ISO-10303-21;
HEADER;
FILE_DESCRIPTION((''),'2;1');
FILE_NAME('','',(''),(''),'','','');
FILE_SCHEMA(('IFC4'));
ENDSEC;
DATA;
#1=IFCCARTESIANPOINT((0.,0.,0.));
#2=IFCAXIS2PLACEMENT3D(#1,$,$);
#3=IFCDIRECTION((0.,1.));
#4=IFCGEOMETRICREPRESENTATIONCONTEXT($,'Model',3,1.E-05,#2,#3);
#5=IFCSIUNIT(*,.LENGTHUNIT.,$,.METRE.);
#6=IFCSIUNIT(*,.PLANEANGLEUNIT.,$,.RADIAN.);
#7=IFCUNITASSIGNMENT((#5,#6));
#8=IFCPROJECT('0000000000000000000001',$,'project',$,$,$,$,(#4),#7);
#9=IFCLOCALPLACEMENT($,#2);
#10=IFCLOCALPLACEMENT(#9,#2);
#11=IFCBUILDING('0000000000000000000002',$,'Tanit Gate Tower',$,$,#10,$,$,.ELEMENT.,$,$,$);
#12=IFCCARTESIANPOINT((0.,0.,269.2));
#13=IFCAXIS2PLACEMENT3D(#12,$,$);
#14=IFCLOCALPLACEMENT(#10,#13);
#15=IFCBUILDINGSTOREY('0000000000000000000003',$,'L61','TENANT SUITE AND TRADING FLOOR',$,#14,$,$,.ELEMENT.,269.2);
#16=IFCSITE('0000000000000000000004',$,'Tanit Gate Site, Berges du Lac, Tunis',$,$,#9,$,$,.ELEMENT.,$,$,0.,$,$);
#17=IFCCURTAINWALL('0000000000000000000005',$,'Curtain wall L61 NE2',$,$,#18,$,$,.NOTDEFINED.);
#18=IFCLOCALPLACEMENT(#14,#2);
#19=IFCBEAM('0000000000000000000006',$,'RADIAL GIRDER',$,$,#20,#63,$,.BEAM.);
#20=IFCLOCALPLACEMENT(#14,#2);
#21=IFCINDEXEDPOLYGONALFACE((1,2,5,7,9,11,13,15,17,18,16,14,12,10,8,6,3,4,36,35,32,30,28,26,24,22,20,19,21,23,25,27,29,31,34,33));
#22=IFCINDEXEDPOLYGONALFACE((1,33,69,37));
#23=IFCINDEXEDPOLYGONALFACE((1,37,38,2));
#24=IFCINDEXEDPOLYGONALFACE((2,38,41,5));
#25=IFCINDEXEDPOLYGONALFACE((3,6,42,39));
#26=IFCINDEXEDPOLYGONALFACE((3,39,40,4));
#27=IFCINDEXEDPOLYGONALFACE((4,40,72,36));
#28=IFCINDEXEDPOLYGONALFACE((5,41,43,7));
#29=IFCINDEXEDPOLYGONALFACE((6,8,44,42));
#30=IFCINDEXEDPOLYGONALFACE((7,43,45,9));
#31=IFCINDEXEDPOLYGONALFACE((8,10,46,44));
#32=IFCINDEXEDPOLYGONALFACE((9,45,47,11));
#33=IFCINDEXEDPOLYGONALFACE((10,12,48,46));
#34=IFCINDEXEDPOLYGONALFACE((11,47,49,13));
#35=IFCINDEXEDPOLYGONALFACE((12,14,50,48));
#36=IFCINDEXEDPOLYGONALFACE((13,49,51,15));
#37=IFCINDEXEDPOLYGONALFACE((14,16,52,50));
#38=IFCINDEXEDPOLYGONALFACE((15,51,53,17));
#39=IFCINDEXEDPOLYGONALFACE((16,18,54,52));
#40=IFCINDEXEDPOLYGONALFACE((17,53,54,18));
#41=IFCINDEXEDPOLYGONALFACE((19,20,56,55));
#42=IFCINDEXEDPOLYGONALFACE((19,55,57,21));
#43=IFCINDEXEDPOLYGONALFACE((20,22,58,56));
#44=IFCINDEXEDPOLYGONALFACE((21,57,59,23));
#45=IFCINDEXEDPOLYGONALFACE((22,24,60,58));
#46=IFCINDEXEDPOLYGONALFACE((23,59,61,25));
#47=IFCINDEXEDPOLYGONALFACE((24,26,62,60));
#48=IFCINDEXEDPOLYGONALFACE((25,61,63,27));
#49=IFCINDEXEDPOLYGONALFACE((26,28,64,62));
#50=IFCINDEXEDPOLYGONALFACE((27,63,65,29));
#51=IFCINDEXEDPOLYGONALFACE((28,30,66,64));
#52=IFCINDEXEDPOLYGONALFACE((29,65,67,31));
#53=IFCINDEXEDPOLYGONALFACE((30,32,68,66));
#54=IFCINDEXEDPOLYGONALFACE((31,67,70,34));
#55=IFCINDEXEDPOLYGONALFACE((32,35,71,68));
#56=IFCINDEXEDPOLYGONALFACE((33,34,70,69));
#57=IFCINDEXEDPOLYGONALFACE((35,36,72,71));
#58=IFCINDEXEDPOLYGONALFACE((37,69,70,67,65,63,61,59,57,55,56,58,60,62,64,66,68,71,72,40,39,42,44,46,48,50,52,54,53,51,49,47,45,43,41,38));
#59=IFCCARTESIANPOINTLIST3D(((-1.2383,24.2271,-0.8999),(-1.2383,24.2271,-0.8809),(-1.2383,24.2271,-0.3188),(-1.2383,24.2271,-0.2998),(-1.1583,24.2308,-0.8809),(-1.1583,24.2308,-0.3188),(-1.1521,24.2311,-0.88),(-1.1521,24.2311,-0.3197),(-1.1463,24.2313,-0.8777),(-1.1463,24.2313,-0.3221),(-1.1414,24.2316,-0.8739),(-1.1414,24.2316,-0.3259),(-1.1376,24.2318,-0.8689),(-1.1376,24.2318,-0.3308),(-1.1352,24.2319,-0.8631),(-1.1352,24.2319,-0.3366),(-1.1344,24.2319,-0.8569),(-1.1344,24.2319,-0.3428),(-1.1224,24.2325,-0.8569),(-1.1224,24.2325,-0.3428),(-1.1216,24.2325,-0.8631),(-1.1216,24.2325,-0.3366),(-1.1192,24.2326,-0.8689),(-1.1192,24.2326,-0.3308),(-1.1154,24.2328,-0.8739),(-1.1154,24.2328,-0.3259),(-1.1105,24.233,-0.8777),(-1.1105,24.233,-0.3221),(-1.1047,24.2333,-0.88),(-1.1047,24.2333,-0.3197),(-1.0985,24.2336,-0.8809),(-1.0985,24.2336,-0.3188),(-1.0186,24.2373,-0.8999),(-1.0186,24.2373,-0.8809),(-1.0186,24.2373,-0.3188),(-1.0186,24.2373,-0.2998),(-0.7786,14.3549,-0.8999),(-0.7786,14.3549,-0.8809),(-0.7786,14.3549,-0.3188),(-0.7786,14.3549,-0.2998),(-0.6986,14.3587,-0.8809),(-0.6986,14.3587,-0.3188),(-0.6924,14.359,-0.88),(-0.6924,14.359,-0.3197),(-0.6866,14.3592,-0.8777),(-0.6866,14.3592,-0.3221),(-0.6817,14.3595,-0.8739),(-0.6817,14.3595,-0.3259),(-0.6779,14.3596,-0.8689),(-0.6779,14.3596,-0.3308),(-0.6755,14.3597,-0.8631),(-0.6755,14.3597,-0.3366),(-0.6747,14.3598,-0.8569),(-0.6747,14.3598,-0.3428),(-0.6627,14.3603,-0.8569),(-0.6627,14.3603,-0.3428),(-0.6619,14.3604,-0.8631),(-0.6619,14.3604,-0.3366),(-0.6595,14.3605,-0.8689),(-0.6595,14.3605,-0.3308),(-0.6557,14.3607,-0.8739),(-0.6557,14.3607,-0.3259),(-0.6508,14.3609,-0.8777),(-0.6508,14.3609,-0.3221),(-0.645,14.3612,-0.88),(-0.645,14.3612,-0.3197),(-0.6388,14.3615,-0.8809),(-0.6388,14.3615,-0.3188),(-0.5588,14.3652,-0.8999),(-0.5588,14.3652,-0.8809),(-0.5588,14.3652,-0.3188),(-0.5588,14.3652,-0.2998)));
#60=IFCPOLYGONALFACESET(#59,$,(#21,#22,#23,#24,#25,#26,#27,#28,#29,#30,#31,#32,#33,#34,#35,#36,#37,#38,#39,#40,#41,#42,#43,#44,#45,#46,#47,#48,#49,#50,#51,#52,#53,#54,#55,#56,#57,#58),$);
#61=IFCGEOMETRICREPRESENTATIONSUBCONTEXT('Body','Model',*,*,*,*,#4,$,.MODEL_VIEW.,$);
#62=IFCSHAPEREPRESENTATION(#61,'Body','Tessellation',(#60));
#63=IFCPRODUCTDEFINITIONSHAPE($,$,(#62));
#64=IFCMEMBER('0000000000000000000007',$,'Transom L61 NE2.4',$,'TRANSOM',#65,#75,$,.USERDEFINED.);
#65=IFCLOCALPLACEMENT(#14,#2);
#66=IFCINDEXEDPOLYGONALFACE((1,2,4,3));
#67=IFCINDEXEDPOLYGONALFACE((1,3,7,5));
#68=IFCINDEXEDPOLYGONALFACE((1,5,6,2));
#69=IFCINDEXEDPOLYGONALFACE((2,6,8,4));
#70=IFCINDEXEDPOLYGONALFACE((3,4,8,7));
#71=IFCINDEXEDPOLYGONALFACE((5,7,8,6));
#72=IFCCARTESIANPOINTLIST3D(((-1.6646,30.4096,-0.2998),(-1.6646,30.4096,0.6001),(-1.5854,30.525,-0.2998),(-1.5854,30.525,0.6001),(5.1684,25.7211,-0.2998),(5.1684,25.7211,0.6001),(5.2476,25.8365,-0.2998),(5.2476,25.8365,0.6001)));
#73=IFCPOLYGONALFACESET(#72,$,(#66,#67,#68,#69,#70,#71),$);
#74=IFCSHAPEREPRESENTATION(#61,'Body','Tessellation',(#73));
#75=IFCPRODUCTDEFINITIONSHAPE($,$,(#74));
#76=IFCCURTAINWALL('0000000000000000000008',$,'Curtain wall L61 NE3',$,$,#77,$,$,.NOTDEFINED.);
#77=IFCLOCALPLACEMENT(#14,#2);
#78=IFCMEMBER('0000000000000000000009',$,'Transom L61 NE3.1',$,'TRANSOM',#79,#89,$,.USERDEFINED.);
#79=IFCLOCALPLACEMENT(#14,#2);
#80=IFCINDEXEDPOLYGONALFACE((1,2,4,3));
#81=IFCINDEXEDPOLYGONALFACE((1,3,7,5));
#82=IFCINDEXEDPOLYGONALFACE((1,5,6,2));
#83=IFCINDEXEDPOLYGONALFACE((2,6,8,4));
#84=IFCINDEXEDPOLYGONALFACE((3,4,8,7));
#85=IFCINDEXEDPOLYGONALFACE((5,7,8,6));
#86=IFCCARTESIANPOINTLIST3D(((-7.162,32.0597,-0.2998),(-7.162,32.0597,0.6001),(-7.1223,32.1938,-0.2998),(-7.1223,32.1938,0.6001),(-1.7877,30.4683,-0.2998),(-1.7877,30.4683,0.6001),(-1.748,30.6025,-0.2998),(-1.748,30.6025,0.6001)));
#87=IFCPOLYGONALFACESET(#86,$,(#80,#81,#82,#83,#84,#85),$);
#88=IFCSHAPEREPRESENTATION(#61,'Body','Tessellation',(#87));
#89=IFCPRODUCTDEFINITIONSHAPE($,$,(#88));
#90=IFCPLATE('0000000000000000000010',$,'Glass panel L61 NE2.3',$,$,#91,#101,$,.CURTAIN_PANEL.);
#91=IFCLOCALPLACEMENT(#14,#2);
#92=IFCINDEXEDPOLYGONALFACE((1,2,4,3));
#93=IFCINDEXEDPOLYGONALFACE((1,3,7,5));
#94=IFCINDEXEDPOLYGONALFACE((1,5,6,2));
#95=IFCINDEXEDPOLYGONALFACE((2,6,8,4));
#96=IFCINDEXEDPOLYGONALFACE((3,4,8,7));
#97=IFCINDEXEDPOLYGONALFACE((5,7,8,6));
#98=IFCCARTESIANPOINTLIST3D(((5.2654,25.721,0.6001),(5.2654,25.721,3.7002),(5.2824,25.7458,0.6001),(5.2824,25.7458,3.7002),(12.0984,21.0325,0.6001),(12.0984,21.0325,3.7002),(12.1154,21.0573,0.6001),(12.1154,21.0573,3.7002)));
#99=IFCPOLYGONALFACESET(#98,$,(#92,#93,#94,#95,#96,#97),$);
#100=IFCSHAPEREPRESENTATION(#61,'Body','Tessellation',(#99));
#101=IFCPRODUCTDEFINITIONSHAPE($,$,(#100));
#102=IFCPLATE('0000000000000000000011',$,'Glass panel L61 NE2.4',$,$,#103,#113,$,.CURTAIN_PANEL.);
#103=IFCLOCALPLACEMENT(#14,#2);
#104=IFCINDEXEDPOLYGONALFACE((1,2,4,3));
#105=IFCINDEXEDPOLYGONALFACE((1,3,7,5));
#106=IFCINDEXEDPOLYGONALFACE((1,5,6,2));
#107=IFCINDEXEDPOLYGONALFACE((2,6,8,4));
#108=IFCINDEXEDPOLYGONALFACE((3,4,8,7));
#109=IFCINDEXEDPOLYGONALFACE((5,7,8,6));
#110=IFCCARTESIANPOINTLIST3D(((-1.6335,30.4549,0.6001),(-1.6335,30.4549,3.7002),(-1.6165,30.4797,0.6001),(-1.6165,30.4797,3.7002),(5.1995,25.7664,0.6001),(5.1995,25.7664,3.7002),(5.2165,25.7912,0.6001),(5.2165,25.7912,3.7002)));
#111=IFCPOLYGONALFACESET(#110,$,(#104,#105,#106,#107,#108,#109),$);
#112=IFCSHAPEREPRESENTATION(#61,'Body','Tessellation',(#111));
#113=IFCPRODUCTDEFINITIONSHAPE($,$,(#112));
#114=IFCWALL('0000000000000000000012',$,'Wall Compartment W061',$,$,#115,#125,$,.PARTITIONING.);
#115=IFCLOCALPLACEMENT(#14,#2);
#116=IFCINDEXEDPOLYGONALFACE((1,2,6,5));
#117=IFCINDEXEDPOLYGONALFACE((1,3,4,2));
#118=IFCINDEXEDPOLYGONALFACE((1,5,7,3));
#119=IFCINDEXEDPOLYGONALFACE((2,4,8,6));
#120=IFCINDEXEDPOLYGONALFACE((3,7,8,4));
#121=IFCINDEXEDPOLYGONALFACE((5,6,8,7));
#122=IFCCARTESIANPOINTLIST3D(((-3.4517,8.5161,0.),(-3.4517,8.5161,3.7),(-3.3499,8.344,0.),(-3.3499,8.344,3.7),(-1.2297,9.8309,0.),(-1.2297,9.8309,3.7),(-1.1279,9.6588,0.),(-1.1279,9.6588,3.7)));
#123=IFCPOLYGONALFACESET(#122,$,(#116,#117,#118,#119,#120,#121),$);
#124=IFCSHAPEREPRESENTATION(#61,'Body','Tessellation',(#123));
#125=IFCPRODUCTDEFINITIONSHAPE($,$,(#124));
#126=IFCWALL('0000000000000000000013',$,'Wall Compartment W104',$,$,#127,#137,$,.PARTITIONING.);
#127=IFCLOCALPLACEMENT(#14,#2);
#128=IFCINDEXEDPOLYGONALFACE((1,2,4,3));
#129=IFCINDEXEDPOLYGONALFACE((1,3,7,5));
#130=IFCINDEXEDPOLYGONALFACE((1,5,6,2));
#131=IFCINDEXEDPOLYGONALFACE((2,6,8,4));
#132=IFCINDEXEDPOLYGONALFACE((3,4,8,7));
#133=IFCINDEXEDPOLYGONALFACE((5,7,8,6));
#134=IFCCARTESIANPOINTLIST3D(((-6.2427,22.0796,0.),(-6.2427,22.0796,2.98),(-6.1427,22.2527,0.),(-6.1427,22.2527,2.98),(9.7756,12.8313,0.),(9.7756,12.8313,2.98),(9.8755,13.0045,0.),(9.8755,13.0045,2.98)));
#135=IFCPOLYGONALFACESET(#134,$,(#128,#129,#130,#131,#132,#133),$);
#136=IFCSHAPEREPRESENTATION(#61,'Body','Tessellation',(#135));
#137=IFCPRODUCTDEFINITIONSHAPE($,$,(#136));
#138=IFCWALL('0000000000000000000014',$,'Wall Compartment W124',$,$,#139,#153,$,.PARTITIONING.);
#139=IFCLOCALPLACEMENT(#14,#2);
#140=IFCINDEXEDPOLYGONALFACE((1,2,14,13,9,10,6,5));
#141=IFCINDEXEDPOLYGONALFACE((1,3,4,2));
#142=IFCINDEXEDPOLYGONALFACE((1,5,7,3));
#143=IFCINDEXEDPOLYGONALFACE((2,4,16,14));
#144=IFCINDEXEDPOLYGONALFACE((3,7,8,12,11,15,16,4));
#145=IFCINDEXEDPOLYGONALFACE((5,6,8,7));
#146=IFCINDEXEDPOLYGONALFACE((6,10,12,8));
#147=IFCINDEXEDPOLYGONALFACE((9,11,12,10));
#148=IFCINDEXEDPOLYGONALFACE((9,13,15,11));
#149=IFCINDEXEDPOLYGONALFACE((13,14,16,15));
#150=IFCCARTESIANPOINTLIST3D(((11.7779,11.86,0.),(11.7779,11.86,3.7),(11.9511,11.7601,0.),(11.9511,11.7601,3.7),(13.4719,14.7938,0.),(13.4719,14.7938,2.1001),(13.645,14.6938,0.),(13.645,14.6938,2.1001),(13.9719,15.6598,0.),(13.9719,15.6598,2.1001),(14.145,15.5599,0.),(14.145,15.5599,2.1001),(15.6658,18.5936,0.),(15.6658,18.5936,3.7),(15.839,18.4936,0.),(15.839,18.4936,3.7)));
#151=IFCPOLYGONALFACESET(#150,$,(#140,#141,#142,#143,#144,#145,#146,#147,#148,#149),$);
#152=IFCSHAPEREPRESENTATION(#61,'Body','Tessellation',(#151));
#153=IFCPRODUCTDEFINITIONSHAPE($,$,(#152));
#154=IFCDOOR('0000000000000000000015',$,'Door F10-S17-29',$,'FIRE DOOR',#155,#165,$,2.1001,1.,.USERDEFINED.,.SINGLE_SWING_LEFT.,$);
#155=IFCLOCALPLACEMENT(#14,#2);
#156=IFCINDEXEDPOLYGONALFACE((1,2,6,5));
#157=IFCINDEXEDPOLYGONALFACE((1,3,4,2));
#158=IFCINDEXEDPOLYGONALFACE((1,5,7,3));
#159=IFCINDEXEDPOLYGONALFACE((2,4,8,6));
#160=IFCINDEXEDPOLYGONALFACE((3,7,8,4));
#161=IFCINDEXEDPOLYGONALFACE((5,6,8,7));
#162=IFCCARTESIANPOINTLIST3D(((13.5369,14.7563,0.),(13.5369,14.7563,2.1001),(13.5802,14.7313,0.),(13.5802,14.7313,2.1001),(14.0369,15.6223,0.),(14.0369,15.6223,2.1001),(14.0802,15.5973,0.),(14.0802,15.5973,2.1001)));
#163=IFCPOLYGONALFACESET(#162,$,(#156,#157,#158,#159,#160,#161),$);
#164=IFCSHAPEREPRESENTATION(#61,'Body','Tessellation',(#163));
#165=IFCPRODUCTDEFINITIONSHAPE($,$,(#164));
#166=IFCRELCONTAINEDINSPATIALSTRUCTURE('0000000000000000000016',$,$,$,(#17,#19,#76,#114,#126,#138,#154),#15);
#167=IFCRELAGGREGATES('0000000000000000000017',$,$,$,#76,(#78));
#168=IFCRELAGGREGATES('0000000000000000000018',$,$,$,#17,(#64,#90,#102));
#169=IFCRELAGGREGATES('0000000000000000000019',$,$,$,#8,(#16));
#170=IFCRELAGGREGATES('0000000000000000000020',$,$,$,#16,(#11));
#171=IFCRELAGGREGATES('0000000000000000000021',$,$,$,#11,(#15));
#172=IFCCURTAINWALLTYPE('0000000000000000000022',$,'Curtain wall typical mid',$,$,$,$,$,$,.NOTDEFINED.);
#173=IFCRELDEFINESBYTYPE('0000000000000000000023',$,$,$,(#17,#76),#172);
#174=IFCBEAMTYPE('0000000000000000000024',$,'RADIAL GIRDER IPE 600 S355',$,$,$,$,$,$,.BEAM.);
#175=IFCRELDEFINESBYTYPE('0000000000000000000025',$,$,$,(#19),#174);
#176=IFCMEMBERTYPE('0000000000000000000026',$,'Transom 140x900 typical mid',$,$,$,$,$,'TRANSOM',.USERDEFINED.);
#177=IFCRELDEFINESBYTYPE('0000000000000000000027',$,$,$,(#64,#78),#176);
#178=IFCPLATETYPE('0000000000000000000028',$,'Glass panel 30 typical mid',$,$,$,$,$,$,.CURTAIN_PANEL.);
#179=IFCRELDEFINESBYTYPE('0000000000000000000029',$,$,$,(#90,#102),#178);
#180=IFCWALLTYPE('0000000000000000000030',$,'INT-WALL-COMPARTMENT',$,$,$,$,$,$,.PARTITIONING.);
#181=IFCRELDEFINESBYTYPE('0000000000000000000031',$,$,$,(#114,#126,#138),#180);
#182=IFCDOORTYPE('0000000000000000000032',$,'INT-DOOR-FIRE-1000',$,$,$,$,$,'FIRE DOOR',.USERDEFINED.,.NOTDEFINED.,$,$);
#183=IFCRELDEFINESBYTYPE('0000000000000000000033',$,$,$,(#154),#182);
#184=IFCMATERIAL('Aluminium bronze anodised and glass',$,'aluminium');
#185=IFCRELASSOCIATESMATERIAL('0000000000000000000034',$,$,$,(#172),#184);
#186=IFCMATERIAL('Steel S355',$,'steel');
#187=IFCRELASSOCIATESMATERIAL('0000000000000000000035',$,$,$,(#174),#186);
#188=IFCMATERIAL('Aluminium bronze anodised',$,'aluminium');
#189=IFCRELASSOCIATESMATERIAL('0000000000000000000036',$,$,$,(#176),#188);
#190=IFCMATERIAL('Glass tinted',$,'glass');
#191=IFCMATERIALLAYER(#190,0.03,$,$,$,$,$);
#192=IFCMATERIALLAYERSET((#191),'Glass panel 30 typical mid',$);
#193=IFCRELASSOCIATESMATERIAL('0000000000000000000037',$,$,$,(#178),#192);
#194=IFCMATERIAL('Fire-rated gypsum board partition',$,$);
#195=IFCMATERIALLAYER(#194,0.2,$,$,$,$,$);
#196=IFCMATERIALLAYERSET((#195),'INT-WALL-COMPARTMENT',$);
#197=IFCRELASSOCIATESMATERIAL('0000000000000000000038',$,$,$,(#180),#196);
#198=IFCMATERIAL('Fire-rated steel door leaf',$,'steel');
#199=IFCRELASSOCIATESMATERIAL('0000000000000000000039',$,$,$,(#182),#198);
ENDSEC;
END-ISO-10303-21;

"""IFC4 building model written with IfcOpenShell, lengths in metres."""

from ifc_helpers import new_model, si_unit, direction, frame, frame_2d, origin, origin_2d, place, context, subcontext, project, spatial, rectangle, i_section, extrude, material, layer, layer_set, material_profile, profile_set, type_object, element, fill, aggregate, save


model = new_model("IFC4")

# Units and contexts
model_context = context("Model", 3, precision=1e-05, world=origin(), true_north=direction((0.0, 1.0)))
body_context = subcontext(model_context, "Body", "Model", "MODEL_VIEW")
ifc_project = project(units=[si_unit("LENGTHUNIT", "METRE"), si_unit("PLANEANGLEUNIT", "RADIAN")], contexts=[model_context])

# Site, building, storey
site_placement = place(None, origin())
site = spatial("IfcSite", under=ifc_project, at=site_placement, Name="Tanit Gate Site, Berges du Lac, Tunis", CompositionType="ELEMENT", RefElevation=0.0)
building_placement = place(site_placement, origin())
building = spatial("IfcBuilding", under=site, at=building_placement, Name="Tanit Gate Tower", CompositionType="ELEMENT")
storey_placement = place(building_placement, frame((0.0, 0.0, 269.2)))
storey = spatial("IfcBuildingStorey", under=building, at=storey_placement, Name="L61", Description="TENANT SUITE AND TRADING FLOOR", CompositionType="ELEMENT", Elevation=269.2)

# Curtain wall
ifc_material_1 = material(Name="Aluminium bronze anodised and glass", Category="aluminium")
curtain_wall_type = type_object("IfcCurtainWallType", Name="Curtain wall typical mid", PredefinedType="NOTDEFINED", material=ifc_material_1)
curtain_wall_1_placement = place(storey_placement, origin())
curtain_wall_1 = element("IfcCurtainWall", 1, at=curtain_wall_1_placement, inside=storey, type_object=curtain_wall_type, Name="Curtain wall L61 NE2", PredefinedType="NOTDEFINED")

# Beam
ifc_material_2 = material(Name="Steel S355", Category="steel")
ifc_material_profile_1 = material_profile(ifc_material_2, i_section(OverallWidth=0.22, OverallDepth=0.6001, WebThickness=0.012, FlangeThickness=0.019, FilletRadius=0.0239, at=origin_2d()), Name="IPE 600")
ifc_profile_set_1 = profile_set([ifc_material_profile_1], Name="Steel S355")
beam_type = type_object("IfcBeamType", Name="RADIAL GIRDER IPE 600 S355", PredefinedType="BEAM", material=ifc_profile_set_1)
beam_1_placement = place(storey_placement, frame((-1.1284, 24.2322, -0.5999), z_axis=(0.046517, -0.998917, 0.0), x_axis=(0.998917, 0.046517, 0.0)))
element("IfcBeam", 2, at=beam_1_placement, inside=storey, type_object=beam_type, Name="RADIAL GIRDER", PredefinedType="BEAM", context=body_context, shape_type="SweptSolid", body=[
    extrude(i_section(OverallWidth=0.22, OverallDepth=0.6001, WebThickness=0.012, FlangeThickness=0.019, FilletRadius=0.0239, at=origin_2d()), origin(), (0.0, 0.0, 1.0), 9.8828),
])

# Member
ifc_material_3 = material(Name="Aluminium bronze anodised", Category="aluminium")
ifc_material_profile_2 = material_profile(ifc_material_3, rectangle(XDim=0.1399, YDim=0.8999, at=origin_2d()), Name="140x900 bronze transom")
ifc_profile_set_2 = profile_set([ifc_material_profile_2], Name="Aluminium bronze anodised")
member_type_1 = type_object("IfcMemberType", Name="Transom 140x900 typical mid", ElementType="TRANSOM", PredefinedType="USERDEFINED", material=ifc_profile_set_2)
member_1_placement = place(storey_placement, frame((5.208, 25.7788, 0.1501), z_axis=(-0.824561, 0.565773, 0.0), x_axis=(-0.565773, -0.824561, 0.0)))
member_1 = element("IfcMember", 3, at=member_1_placement, type_object=member_type_1, Name="Transom L61 NE2.4", ObjectType="TRANSOM", PredefinedType="USERDEFINED", context=body_context, shape_type="SweptSolid", body=[
    extrude(rectangle(XDim=0.1399, YDim=0.8999, at=origin_2d()), origin(), (0.0, 0.0, 1.0), 8.2869),
])

# Curtain wall, member
curtain_wall_2_placement = place(storey_placement, origin())
curtain_wall_2 = element("IfcCurtainWall", 4, at=curtain_wall_2_placement, inside=storey, type_object=curtain_wall_type, Name="Curtain wall L61 NE3", PredefinedType="NOTDEFINED")
member_2_placement = place(storey_placement, frame((-1.7678, 30.5354, 0.1501), z_axis=(-0.95885, 0.283913, 0.0), x_axis=(-0.283913, -0.95885, 0.0)))
member_2 = element("IfcMember", 5, at=member_2_placement, type_object=member_type_1, Name="Transom L61 NE3.1", ObjectType="TRANSOM", PredefinedType="USERDEFINED", context=body_context, shape_type="SweptSolid", body=[
    extrude(rectangle(XDim=0.1399, YDim=0.8999, at=origin_2d()), origin(), (0.0, 0.0, 1.0), 5.605),
])
aggregate(curtain_wall_2, [member_2])

# Plates
ifc_material_4 = material(Name="Glass tinted", Category="glass")
ifc_layer_1 = layer(ifc_material_4, 0.03)
ifc_layer_set_1 = layer_set([ifc_layer_1], Name="Glass panel 30 typical mid")
plate_type = type_object("IfcPlateType", Name="Glass panel 30 typical mid", PredefinedType="CURTAIN_PANEL", material=ifc_layer_set_1)
plate_1_placement = place(storey_placement, frame((8.6904, 23.3892, 0.6001), z_axis=(0.0, 0.0, 1.0), x_axis=(-0.824557, 0.56578, 0.0)))
plate_1 = element("IfcPlate", 6, at=plate_1_placement, type_object=plate_type, Name="Glass panel L61 NE2.3", PredefinedType="CURTAIN_PANEL", context=body_context, shape_type="SweptSolid", body=[
    extrude(rectangle(XDim=8.2869, YDim=0.03, at=origin_2d()), origin(), (0.0, 0.0, 1.0), 3.1001),
])
plate_2_placement = place(storey_placement, frame((1.7915, 28.123, 0.6001), z_axis=(0.0, 0.0, 1.0), x_axis=(-0.824557, 0.56578, 0.0)))
plate_2 = element("IfcPlate", 7, at=plate_2_placement, type_object=plate_type, Name="Glass panel L61 NE2.4", PredefinedType="CURTAIN_PANEL", context=body_context, shape_type="SweptSolid", body=[
    extrude(rectangle(XDim=8.2869, YDim=0.03, at=origin_2d()), origin(), (0.0, 0.0, 1.0), 3.1001),
])
aggregate(curtain_wall_1, [member_1, plate_1, plate_2])

# Walls
ifc_material_5 = material(Name="Fire-rated gypsum board partition")
ifc_layer_2 = layer(ifc_material_5, 0.2)
ifc_layer_set_2 = layer_set([ifc_layer_2], Name="INT-WALL-COMPARTMENT")
wall_type_1 = type_object("IfcWallType", Name="INT-WALL-COMPARTMENT", PredefinedType="PARTITIONING", material=ifc_layer_set_2)
wall_1_placement = place(storey_placement, frame((-1.1787, 9.7449, 0.0), z_axis=(0.0, 0.0, 1.0), x_axis=(-0.860631, -0.509229, 0.0)))
element("IfcWall", 8, at=wall_1_placement, inside=storey, type_object=wall_type_1, Name="Wall Compartment W061", PredefinedType="PARTITIONING", context=body_context, shape_type="SweptSolid", body=[
    extrude(rectangle(XDim=2.5818, YDim=0.2, at=frame_2d((1.291, 0.0))), origin(), (0.0, 0.0, 1.0), 3.7),
])
wall_2_placement = place(storey_placement, frame((9.8254, 12.918, 0.0), z_axis=(0.0, 0.0, 1.0), x_axis=(-0.866023, 0.500005, 0.0)))
element("IfcWall", 9, at=wall_2_placement, inside=storey, type_object=wall_type_1, Name="Wall Compartment W104", PredefinedType="PARTITIONING", context=body_context, shape_type="SweptSolid", body=[
    extrude(rectangle(XDim=18.4963, YDim=0.2, at=frame_2d((9.248, 0.0))), origin(), (0.0, 0.0, 1.0), 2.98),
])

# Wall, opening, door
wall_3_placement = place(storey_placement, frame((11.8645, 11.8101, 0.0), z_axis=(0.0, 0.0, 1.0), x_axis=(0.500026, 0.86601, 0.0)))
wall_3 = element("IfcWall", 10, at=wall_3_placement, inside=storey, type_object=wall_type_1, Name="Wall Compartment W124", PredefinedType="PARTITIONING", context=body_context, shape_type="SweptSolid", body=[
    extrude(rectangle(XDim=7.7754, YDim=0.2, at=frame_2d((3.8877, 0.0))), origin(), (0.0, 0.0, 1.0), 3.7),
])
opening_1_placement = place(wall_3_placement, frame((3.3877, 0.0, 0.0)))
opening_1 = element("IfcOpeningElement", 11, at=opening_1_placement, cuts=wall_3, PredefinedType="OPENING", context=body_context, shape_type="SweptSolid", body=[
    extrude(rectangle(XDim=1.0, YDim=2.1001, at=frame_2d((0.5, 1.05))), frame((0.0, 0.1099, 0.0), z_axis=(0.0, -1.0, 0.0), x_axis=(1.0, 0.0, 0.0)), (0.0, 0.0, 1.0), 0.22),
])
ifc_material_6 = material(Name="Fire-rated steel door leaf", Category="steel")
door_type_1 = type_object("IfcDoorType", Name="INT-DOOR-FIRE-1000", ElementType="FIRE DOOR", OperationType="NOTDEFINED", PredefinedType="USERDEFINED", material=ifc_material_6)
door_1_placement = place(opening_1_placement, origin())
door_1 = element("IfcDoor", 12, at=door_1_placement, inside=storey, type_object=door_type_1, Name="Door F10-S17-29", ObjectType="FIRE DOOR", OperationType="SINGLE_SWING_LEFT", OverallHeight=2.1001, OverallWidth=1.0, PredefinedType="USERDEFINED", context=body_context, shape_type="SweptSolid", body=[
    extrude(rectangle(XDim=1.0, YDim=2.1001, at=frame_2d((0.5, 1.05))), frame((0.0, 0.0249, 0.0), z_axis=(0.0, -1.0, 0.0), x_axis=(1.0, 0.0, 0.0)), (0.0, 0.0, 1.0), 0.05),
])
fill(opening_1, door_1)

save(model, "model.ifc")
